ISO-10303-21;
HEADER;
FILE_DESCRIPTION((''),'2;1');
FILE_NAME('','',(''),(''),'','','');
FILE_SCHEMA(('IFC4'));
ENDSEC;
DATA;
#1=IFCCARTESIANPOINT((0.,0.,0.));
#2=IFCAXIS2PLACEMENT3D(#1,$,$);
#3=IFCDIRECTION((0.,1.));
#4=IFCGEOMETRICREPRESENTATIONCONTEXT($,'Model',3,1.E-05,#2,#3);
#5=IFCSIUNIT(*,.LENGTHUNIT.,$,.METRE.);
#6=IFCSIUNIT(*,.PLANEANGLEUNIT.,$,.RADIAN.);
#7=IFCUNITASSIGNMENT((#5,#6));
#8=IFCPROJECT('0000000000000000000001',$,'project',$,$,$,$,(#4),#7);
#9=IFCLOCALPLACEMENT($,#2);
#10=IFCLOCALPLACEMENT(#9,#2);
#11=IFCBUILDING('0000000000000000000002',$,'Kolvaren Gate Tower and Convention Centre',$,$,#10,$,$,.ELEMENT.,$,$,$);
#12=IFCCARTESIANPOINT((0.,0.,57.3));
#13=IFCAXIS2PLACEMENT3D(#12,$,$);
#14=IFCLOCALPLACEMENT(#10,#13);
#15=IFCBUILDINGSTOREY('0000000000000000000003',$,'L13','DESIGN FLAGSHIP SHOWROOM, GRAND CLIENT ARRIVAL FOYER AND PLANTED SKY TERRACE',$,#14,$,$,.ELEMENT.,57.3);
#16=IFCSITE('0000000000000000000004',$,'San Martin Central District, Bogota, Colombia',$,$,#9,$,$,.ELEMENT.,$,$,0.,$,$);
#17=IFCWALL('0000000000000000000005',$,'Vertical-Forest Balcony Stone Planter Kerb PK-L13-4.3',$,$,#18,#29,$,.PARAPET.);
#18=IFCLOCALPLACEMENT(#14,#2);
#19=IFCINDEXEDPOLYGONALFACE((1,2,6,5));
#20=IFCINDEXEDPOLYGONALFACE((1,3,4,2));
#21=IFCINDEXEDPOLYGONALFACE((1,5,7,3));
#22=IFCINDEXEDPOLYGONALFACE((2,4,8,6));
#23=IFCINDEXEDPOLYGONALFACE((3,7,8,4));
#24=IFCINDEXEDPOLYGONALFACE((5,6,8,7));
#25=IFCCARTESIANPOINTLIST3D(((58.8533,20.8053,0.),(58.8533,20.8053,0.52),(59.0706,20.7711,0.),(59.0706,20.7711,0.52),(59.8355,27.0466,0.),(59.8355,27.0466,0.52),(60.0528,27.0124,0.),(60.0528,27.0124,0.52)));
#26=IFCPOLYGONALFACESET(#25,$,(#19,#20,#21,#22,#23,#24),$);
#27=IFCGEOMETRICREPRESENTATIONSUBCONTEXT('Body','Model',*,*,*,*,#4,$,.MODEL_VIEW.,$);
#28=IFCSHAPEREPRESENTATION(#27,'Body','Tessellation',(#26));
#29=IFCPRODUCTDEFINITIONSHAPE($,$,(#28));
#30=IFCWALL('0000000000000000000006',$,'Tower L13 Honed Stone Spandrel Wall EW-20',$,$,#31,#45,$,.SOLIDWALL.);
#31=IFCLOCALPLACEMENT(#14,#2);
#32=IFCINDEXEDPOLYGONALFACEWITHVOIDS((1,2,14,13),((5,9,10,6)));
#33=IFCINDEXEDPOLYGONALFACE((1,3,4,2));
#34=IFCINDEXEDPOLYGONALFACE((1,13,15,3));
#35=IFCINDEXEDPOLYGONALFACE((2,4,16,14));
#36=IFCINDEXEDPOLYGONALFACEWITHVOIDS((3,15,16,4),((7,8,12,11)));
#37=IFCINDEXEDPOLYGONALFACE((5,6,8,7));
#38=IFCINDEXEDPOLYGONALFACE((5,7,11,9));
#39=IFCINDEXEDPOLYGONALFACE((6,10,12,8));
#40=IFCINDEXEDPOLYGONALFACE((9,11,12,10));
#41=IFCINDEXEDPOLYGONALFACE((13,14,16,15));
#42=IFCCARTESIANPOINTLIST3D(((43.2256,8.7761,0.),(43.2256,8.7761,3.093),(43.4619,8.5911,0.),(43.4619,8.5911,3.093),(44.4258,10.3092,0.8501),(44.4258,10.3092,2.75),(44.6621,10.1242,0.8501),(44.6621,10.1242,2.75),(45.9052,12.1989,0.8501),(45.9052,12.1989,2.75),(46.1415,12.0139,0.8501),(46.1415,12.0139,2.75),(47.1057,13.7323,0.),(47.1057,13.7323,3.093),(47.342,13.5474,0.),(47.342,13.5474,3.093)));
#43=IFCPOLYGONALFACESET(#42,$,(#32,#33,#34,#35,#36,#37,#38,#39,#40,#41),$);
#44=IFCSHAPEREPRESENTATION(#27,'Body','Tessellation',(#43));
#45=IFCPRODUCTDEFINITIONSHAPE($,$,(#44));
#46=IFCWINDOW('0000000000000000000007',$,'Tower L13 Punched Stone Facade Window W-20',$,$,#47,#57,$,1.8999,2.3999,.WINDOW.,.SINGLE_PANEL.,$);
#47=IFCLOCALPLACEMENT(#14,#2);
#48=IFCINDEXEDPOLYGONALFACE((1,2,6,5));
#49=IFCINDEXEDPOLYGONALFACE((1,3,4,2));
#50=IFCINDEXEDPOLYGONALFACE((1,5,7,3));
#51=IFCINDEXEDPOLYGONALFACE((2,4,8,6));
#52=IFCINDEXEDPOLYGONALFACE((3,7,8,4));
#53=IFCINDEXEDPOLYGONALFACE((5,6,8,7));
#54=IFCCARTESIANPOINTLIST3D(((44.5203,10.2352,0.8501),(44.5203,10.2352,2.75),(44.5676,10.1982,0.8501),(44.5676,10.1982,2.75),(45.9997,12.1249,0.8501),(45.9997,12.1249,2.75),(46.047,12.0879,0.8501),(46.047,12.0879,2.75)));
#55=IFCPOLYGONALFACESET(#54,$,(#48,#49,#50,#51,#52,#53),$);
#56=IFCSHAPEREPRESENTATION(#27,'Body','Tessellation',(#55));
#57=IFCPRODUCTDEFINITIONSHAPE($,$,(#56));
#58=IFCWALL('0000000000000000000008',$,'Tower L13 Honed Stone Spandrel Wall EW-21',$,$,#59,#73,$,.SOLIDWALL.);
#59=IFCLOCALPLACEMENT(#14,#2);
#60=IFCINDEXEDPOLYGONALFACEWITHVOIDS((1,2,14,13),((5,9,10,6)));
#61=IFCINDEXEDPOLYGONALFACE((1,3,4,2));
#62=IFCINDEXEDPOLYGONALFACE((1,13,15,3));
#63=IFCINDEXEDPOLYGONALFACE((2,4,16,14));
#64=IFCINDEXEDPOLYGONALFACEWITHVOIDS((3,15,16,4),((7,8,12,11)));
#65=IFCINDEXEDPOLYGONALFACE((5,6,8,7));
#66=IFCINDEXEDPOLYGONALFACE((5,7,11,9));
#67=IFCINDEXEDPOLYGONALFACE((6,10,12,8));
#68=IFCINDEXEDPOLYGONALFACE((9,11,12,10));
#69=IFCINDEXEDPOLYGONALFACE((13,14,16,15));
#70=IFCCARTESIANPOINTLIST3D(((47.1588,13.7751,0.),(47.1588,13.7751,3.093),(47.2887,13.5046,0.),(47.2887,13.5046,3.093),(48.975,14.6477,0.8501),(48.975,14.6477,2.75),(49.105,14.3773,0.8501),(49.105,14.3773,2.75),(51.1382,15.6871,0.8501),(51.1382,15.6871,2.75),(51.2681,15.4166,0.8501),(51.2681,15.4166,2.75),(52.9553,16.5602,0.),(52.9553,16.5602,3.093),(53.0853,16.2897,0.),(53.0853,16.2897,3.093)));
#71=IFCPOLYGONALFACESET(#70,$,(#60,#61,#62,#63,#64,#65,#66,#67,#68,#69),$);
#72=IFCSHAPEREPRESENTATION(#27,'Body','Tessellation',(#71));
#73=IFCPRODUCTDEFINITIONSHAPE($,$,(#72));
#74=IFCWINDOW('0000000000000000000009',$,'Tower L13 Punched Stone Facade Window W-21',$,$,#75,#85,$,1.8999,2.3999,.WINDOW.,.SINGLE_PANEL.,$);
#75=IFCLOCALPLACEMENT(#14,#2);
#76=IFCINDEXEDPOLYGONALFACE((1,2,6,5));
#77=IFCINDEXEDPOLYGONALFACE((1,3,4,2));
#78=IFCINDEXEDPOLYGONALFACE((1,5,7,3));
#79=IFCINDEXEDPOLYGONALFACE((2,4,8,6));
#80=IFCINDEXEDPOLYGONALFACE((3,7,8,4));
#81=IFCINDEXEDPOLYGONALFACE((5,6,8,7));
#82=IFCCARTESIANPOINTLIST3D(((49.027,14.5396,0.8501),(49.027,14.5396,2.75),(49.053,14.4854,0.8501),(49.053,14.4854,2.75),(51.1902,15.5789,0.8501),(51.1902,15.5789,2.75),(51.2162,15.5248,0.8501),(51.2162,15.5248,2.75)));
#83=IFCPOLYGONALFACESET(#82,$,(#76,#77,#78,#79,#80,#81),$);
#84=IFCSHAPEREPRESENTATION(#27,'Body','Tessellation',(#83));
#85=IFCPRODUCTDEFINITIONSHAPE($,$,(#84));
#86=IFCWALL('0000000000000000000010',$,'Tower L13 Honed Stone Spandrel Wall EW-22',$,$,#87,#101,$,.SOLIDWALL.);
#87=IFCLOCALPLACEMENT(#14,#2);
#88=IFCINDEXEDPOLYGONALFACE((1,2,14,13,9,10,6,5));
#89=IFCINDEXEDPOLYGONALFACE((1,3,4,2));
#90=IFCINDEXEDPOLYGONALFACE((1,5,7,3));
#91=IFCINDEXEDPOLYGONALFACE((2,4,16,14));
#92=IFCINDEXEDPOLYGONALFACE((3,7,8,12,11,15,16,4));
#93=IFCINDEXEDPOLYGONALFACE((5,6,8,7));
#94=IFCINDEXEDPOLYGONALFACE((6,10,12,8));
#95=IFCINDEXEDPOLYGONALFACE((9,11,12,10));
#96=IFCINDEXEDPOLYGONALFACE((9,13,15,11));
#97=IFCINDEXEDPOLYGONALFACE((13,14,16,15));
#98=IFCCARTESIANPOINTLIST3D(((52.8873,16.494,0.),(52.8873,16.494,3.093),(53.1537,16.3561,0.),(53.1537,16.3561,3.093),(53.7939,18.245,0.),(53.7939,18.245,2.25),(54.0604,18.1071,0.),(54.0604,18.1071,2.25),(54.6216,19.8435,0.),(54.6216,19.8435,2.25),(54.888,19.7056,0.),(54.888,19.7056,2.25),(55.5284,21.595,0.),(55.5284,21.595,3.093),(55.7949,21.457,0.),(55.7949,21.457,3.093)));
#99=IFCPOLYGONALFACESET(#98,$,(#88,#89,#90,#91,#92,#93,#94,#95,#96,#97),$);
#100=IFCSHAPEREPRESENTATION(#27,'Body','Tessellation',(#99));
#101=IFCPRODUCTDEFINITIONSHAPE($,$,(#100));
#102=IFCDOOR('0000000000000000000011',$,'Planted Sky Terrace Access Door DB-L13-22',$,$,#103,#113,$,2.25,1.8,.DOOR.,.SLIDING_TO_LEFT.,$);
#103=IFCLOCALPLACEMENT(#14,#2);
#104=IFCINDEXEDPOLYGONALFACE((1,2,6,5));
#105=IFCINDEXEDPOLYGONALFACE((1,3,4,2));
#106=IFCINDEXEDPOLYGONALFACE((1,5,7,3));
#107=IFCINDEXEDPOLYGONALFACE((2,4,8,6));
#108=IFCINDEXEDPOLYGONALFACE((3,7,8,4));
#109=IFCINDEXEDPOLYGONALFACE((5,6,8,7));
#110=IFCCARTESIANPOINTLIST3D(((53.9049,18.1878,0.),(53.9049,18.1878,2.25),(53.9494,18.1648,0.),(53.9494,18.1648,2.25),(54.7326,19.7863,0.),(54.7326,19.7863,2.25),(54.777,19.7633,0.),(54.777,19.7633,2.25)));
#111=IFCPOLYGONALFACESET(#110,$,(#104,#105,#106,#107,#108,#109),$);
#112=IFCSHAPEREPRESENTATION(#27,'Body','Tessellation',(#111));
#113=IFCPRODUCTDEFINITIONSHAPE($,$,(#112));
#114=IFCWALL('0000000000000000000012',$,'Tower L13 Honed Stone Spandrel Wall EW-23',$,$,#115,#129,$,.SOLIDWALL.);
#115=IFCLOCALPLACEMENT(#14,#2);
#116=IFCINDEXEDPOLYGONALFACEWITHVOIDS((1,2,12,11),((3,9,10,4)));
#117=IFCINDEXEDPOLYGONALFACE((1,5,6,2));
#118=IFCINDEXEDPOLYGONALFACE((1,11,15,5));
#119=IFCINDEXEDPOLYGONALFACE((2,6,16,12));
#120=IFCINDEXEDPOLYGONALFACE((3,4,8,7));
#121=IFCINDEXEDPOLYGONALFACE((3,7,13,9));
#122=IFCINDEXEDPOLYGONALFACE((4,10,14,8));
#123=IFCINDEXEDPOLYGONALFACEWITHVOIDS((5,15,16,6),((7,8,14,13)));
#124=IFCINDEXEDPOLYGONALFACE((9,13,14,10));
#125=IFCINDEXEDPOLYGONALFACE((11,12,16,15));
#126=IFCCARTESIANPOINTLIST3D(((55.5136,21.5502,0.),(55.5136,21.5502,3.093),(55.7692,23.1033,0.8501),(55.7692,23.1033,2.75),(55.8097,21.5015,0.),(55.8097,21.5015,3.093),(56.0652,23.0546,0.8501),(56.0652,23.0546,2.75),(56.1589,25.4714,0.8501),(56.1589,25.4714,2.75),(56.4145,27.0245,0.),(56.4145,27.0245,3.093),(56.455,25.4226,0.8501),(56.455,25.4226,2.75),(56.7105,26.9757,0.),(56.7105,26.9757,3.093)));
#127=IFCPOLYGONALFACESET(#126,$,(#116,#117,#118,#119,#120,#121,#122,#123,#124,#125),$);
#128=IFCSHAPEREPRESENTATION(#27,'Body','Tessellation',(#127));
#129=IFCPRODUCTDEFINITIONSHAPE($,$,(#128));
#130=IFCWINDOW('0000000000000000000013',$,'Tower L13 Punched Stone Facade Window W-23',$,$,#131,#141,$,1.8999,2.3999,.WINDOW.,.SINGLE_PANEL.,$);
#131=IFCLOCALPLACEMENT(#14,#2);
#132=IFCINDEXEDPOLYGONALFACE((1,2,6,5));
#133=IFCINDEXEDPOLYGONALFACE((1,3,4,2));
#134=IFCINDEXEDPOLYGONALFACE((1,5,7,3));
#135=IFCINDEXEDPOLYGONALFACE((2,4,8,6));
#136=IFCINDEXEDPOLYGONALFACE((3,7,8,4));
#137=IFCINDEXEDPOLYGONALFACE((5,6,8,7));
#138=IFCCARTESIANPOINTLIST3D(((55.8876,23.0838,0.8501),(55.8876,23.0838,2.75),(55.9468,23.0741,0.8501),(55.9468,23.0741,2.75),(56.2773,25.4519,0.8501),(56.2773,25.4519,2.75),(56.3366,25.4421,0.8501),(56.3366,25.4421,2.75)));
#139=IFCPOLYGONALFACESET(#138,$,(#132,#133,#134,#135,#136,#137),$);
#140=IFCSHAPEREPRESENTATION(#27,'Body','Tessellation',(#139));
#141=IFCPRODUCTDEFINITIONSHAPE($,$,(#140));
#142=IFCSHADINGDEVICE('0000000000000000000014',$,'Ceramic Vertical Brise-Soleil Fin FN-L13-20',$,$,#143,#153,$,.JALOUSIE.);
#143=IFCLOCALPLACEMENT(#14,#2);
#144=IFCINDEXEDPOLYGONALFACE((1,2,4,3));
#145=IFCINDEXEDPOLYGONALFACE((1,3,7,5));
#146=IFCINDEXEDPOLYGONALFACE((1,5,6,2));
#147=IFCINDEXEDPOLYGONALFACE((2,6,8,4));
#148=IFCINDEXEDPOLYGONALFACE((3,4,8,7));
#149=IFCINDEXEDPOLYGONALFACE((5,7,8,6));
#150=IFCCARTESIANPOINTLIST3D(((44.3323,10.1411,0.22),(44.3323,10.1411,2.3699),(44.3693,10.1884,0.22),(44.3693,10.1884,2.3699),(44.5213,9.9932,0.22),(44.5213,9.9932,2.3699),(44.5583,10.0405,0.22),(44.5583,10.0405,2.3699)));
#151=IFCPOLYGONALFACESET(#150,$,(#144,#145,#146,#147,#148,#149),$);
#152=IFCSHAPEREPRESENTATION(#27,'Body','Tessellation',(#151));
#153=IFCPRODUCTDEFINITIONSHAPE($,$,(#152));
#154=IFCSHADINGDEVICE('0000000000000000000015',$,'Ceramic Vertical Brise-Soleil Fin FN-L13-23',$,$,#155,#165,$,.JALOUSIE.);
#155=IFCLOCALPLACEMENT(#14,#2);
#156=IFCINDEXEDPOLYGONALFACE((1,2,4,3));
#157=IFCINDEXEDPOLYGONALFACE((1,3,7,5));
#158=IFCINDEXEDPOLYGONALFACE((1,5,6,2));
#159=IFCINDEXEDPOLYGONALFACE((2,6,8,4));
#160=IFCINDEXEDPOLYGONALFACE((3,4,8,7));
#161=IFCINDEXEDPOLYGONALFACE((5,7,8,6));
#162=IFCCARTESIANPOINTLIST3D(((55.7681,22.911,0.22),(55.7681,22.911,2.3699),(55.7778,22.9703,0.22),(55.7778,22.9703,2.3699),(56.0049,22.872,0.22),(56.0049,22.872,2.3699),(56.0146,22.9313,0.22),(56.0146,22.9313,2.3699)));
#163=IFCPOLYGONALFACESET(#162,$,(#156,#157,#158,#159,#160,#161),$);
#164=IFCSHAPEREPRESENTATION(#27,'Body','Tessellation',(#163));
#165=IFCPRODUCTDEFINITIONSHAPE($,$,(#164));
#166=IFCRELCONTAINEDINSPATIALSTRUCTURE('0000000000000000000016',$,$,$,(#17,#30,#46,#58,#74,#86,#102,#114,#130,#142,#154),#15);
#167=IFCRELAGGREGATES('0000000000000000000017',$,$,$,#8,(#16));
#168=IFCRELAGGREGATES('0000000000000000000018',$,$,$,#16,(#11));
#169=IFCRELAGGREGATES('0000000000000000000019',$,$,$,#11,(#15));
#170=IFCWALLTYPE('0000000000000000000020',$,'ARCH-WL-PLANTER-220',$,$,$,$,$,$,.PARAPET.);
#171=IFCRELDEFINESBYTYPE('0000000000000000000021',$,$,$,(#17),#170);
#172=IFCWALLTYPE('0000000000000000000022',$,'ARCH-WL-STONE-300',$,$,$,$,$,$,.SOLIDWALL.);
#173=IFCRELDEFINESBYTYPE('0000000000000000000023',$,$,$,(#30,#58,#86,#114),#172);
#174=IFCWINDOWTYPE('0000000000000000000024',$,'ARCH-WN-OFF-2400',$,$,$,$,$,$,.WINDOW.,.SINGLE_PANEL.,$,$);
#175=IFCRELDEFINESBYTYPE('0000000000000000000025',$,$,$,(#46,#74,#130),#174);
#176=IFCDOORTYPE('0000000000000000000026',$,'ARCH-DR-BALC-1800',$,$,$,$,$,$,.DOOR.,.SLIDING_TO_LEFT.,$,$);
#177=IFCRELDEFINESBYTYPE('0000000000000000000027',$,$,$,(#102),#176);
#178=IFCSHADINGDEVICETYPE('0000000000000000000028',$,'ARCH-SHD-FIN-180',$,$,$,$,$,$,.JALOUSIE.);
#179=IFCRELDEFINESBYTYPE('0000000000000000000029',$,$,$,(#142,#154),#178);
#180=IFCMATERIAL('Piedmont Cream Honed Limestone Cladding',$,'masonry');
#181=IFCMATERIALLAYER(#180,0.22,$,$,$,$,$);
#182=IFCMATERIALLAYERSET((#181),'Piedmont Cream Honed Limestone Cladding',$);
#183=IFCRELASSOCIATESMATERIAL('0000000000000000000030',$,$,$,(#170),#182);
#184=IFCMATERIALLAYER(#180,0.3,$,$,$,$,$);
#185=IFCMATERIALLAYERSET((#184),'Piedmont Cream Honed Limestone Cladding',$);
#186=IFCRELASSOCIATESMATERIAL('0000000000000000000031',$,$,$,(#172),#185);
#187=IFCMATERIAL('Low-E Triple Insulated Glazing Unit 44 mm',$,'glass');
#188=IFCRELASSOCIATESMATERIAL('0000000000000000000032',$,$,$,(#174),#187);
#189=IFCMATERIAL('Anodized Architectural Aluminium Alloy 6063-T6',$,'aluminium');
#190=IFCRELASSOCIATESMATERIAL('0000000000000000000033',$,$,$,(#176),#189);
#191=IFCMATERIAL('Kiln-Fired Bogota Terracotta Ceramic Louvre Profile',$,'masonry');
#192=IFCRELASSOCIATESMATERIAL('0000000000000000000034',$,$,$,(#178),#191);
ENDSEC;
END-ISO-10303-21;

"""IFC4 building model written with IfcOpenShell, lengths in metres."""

from ifc_helpers import new_model, si_unit, direction, frame, frame_2d, origin, origin_2d, place, context, subcontext, project, spatial, rectangle, extrude, material, layer, layer_set, type_object, element, fill, save


model = new_model("IFC4")

# Units and contexts
model_context = context("Model", 3, precision=1e-05, world=origin(), true_north=direction((0.0, 1.0)))
body_context = subcontext(model_context, "Body", "Model", "MODEL_VIEW")
ifc_project = project(units=[si_unit("LENGTHUNIT", "METRE"), si_unit("PLANEANGLEUNIT", "RADIAN")], contexts=[model_context])

# Site, building, storey
site_placement = place(None, origin())
site = spatial("IfcSite", under=ifc_project, at=site_placement, Name="San Martin Central District, Bogota, Colombia", CompositionType="ELEMENT", RefElevation=0.0)
building_placement = place(site_placement, origin())
building = spatial("IfcBuilding", under=site, at=building_placement, Name="Kolvaren Gate Tower and Convention Centre", CompositionType="ELEMENT")
storey_placement = place(building_placement, frame((0.0, 0.0, 57.3)))
storey = spatial("IfcBuildingStorey", under=building, at=storey_placement, Name="L13", Description="DESIGN FLAGSHIP SHOWROOM, GRAND CLIENT ARRIVAL FOYER AND PLANTED SKY TERRACE", CompositionType="ELEMENT", Elevation=57.3)

# Wall
ifc_material_1 = material(Name="Piedmont Cream Honed Limestone Cladding", Category="masonry")
ifc_layer_1 = layer(ifc_material_1, 0.22)
ifc_layer_set_1 = layer_set([ifc_layer_1], Name="Piedmont Cream Honed Limestone Cladding")
wall_type_1 = type_object("IfcWallType", Name="ARCH-WL-PLANTER-220", PredefinedType="PARAPET", material=ifc_layer_set_1)
wall_1_placement = place(storey_placement, frame((58.9619, 20.7881, 0.0), z_axis=(0.0, 0.0, 1.0), x_axis=(0.155457, 0.987843, 0.0)))
element("IfcWall", 1, at=wall_1_placement, inside=storey, type_object=wall_type_1, Name="Vertical-Forest Balcony Stone Planter Kerb PK-L13-4.3", PredefinedType="PARAPET", context=body_context, shape_type="SweptSolid", body=[
    extrude(rectangle(XDim=6.3181, YDim=0.22, at=frame_2d((3.1592, 0.0))), origin(), (0.0, 0.0, 1.0), 0.52),
])

# Walls, openings, windows
ifc_layer_2 = layer(ifc_material_1, 0.3)
ifc_layer_set_2 = layer_set([ifc_layer_2], Name="Piedmont Cream Honed Limestone Cladding")
wall_type_2 = type_object("IfcWallType", Name="ARCH-WL-STONE-300", PredefinedType="SOLIDWALL", material=ifc_layer_set_2)
wall_2_placement = place(storey_placement, frame((43.3438, 8.6836, 0.0), z_axis=(0.0, 0.0, 1.0), x_axis=(0.616435, 0.787406, 0.0)))
wall_2 = element("IfcWall", 2, at=wall_2_placement, inside=storey, type_object=wall_type_2, Name="Tower L13 Honed Stone Spandrel Wall EW-20", PredefinedType="SOLIDWALL", context=body_context, shape_type="SweptSolid", body=[
    extrude(rectangle(XDim=6.2944, YDim=0.3, at=frame_2d((3.1472, 0.0))), origin(), (0.0, 0.0, 1.0), 3.093),
])
opening_1_placement = place(wall_2_placement, frame((1.947, 0.0, 0.8501)))
opening_1 = element("IfcOpeningElement", 3, at=opening_1_placement, cuts=wall_2, PredefinedType="OPENING", context=body_context, shape_type="SweptSolid", body=[
    extrude(rectangle(XDim=2.3999, YDim=1.8999, at=frame_2d((1.2, 0.95))), frame((0.0, 0.1599, 0.0), z_axis=(0.0, -1.0, 0.0), x_axis=(1.0, 0.0, 0.0)), (0.0, 0.0, 1.0), 0.3201),
])
ifc_material_2 = material(Name="Low-E Triple Insulated Glazing Unit 44 mm", Category="glass")
window_type = type_object("IfcWindowType", Name="ARCH-WN-OFF-2400", PartitioningType="SINGLE_PANEL", PredefinedType="WINDOW", material=ifc_material_2)
window_1_placement = place(opening_1_placement, origin())
window_1 = element("IfcWindow", 4, at=window_1_placement, inside=storey, type_object=window_type, Name="Tower L13 Punched Stone Facade Window W-20", OverallHeight=1.8999, OverallWidth=2.3999, PartitioningType="SINGLE_PANEL", PredefinedType="WINDOW", context=body_context, shape_type="SweptSolid", body=[
    extrude(rectangle(XDim=2.3999, YDim=1.8999, at=frame_2d((1.2, 0.95))), frame((0.0, 0.03, 0.0), z_axis=(0.0, -1.0, 0.0), x_axis=(1.0, 0.0, 0.0)), (0.0, 0.0, 1.0), 0.0601),
])
fill(opening_1, window_1)
wall_3_placement = place(storey_placement, frame((47.2239, 13.6399, 0.0), z_axis=(0.0, 0.0, 1.0), x_axis=(0.901355, 0.433082, 0.0)))
wall_3 = element("IfcWall", 5, at=wall_3_placement, inside=storey, type_object=wall_type_2, Name="Tower L13 Honed Stone Spandrel Wall EW-21", PredefinedType="SOLIDWALL", context=body_context, shape_type="SweptSolid", body=[
    extrude(rectangle(XDim=6.4309, YDim=0.3, at=frame_2d((3.2153, 0.0))), origin(), (0.0, 0.0, 1.0), 3.093),
])
opening_2_placement = place(wall_3_placement, frame((2.0149, 0.0, 0.8501)))
opening_2 = element("IfcOpeningElement", 6, at=opening_2_placement, cuts=wall_3, PredefinedType="OPENING", context=body_context, shape_type="SweptSolid", body=[
    extrude(rectangle(XDim=2.3999, YDim=1.8999, at=frame_2d((1.2, 0.95))), frame((0.0, 0.1599, 0.0), z_axis=(0.0, -1.0, 0.0), x_axis=(1.0, 0.0, 0.0)), (0.0, 0.0, 1.0), 0.3201),
])
window_2_placement = place(opening_2_placement, origin())
window_2 = element("IfcWindow", 7, at=window_2_placement, inside=storey, type_object=window_type, Name="Tower L13 Punched Stone Facade Window W-21", OverallHeight=1.8999, OverallWidth=2.3999, PartitioningType="SINGLE_PANEL", PredefinedType="WINDOW", context=body_context, shape_type="SweptSolid", body=[
    extrude(rectangle(XDim=2.3999, YDim=1.8999, at=frame_2d((1.2, 0.95))), frame((0.0, 0.03, 0.0), z_axis=(0.0, -1.0, 0.0), x_axis=(1.0, 0.0, 0.0)), (0.0, 0.0, 1.0), 0.0601),
])
fill(opening_2, window_2)

# Wall, opening, door
wall_4_placement = place(storey_placement, frame((53.0205, 16.425, 0.0), z_axis=(0.0, 0.0, 1.0), x_axis=(0.459801, 0.888022, 0.0)))
wall_4 = element("IfcWall", 8, at=wall_4_placement, inside=storey, type_object=wall_type_2, Name="Tower L13 Honed Stone Spandrel Wall EW-22", PredefinedType="SOLIDWALL", context=body_context, shape_type="SweptSolid", body=[
    extrude(rectangle(XDim=5.7441, YDim=0.3, at=frame_2d((2.8721, 0.0))), origin(), (0.0, 0.0, 1.0), 3.093),
])
opening_3_placement = place(wall_4_placement, frame((1.9719, 0.0, 0.0)))
opening_3 = element("IfcOpeningElement", 9, at=opening_3_placement, cuts=wall_4, PredefinedType="OPENING", context=body_context, shape_type="SweptSolid", body=[
    extrude(rectangle(XDim=1.8, YDim=2.25, at=frame_2d((0.8999, 1.125))), frame((0.0, 0.1599, 0.0), z_axis=(0.0, -1.0, 0.0), x_axis=(1.0, 0.0, 0.0)), (0.0, 0.0, 1.0), 0.3201),
])
ifc_material_3 = material(Name="Anodized Architectural Aluminium Alloy 6063-T6", Category="aluminium")
door_type = type_object("IfcDoorType", Name="ARCH-DR-BALC-1800", OperationType="SLIDING_TO_LEFT", PredefinedType="DOOR", material=ifc_material_3)
door_placement = place(opening_3_placement, frame((1.8, 0.0, 0.0), z_axis=(0.0, 0.0, 1.0), x_axis=(-1.0, 0.0, 0.0)))
door = element("IfcDoor", 10, at=door_placement, inside=storey, type_object=door_type, Name="Planted Sky Terrace Access Door DB-L13-22", OperationType="SLIDING_TO_LEFT", OverallHeight=2.25, OverallWidth=1.8, PredefinedType="DOOR", context=body_context, shape_type="SweptSolid", body=[
    extrude(rectangle(XDim=1.8, YDim=2.25, at=frame_2d((0.8999, 1.125))), frame((0.0, 0.0249, 0.0), z_axis=(0.0, -1.0, 0.0), x_axis=(1.0, 0.0, 0.0)), (0.0, 0.0, 1.0), 0.05),
])
fill(opening_3, door)

# Wall, opening, window
wall_5_placement = place(storey_placement, frame((55.6616, 21.5259, 0.0), z_axis=(0.0, 0.0, 1.0), x_axis=(0.162386, 0.986727, 0.0)))
wall_5 = element("IfcWall", 11, at=wall_5_placement, inside=storey, type_object=wall_type_2, Name="Tower L13 Honed Stone Spandrel Wall EW-23", PredefinedType="SOLIDWALL", context=body_context, shape_type="SweptSolid", body=[
    extrude(rectangle(XDim=5.5479, YDim=0.3, at=frame_2d((2.7739, 0.0))), origin(), (0.0, 0.0, 1.0), 3.093),
])
opening_4_placement = place(wall_5_placement, frame((1.574, 0.0, 0.8501)))
opening_4 = element("IfcOpeningElement", 12, at=opening_4_placement, cuts=wall_5, PredefinedType="OPENING", context=body_context, shape_type="SweptSolid", body=[
    extrude(rectangle(XDim=2.3999, YDim=1.8999, at=frame_2d((1.2, 0.95))), frame((0.0, 0.1599, 0.0), z_axis=(0.0, -1.0, 0.0), x_axis=(1.0, 0.0, 0.0)), (0.0, 0.0, 1.0), 0.3201),
])
window_3_placement = place(opening_4_placement, origin())
window_3 = element("IfcWindow", 13, at=window_3_placement, inside=storey, type_object=window_type, Name="Tower L13 Punched Stone Facade Window W-23", OverallHeight=1.8999, OverallWidth=2.3999, PartitioningType="SINGLE_PANEL", PredefinedType="WINDOW", context=body_context, shape_type="SweptSolid", body=[
    extrude(rectangle(XDim=2.3999, YDim=1.8999, at=frame_2d((1.2, 0.95))), frame((0.0, 0.03, 0.0), z_axis=(0.0, -1.0, 0.0), x_axis=(1.0, 0.0, 0.0)), (0.0, 0.0, 1.0), 0.0601),
])
fill(opening_4, window_3)

# Shading devices
ifc_material_4 = material(Name="Kiln-Fired Bogota Terracotta Ceramic Louvre Profile", Category="masonry")
shading_device_type = type_object("IfcShadingDeviceType", Name="ARCH-SHD-FIN-180", PredefinedType="JALOUSIE", material=ifc_material_4)
for number, where, z_axis, x_axis, name in (
    (14, (44.4453, 10.0908, 0.22), (0.0, 0.0, 1.0), (0.616431, 0.787409, 0.0), "Ceramic Vertical Brise-Soleil Fin FN-L13-20"),
    (15, (55.8914, 22.9211, 0.22), (0.0, 0.0, 1.0), (0.162375, 0.986729, 0.0), "Ceramic Vertical Brise-Soleil Fin FN-L13-23"),
):
    element("IfcShadingDevice", number, at=place(storey_placement, frame(where, z_axis=z_axis, x_axis=x_axis)), inside=storey, type_object=shading_device_type, Name=name, PredefinedType="JALOUSIE", context=body_context, shape_type="SweptSolid", body=[
        extrude(rectangle(XDim=0.0601, YDim=0.24, at=origin_2d()), origin(), (0.0, 0.0, 1.0), 2.1499),
    ])

save(model, "model.ifc")
